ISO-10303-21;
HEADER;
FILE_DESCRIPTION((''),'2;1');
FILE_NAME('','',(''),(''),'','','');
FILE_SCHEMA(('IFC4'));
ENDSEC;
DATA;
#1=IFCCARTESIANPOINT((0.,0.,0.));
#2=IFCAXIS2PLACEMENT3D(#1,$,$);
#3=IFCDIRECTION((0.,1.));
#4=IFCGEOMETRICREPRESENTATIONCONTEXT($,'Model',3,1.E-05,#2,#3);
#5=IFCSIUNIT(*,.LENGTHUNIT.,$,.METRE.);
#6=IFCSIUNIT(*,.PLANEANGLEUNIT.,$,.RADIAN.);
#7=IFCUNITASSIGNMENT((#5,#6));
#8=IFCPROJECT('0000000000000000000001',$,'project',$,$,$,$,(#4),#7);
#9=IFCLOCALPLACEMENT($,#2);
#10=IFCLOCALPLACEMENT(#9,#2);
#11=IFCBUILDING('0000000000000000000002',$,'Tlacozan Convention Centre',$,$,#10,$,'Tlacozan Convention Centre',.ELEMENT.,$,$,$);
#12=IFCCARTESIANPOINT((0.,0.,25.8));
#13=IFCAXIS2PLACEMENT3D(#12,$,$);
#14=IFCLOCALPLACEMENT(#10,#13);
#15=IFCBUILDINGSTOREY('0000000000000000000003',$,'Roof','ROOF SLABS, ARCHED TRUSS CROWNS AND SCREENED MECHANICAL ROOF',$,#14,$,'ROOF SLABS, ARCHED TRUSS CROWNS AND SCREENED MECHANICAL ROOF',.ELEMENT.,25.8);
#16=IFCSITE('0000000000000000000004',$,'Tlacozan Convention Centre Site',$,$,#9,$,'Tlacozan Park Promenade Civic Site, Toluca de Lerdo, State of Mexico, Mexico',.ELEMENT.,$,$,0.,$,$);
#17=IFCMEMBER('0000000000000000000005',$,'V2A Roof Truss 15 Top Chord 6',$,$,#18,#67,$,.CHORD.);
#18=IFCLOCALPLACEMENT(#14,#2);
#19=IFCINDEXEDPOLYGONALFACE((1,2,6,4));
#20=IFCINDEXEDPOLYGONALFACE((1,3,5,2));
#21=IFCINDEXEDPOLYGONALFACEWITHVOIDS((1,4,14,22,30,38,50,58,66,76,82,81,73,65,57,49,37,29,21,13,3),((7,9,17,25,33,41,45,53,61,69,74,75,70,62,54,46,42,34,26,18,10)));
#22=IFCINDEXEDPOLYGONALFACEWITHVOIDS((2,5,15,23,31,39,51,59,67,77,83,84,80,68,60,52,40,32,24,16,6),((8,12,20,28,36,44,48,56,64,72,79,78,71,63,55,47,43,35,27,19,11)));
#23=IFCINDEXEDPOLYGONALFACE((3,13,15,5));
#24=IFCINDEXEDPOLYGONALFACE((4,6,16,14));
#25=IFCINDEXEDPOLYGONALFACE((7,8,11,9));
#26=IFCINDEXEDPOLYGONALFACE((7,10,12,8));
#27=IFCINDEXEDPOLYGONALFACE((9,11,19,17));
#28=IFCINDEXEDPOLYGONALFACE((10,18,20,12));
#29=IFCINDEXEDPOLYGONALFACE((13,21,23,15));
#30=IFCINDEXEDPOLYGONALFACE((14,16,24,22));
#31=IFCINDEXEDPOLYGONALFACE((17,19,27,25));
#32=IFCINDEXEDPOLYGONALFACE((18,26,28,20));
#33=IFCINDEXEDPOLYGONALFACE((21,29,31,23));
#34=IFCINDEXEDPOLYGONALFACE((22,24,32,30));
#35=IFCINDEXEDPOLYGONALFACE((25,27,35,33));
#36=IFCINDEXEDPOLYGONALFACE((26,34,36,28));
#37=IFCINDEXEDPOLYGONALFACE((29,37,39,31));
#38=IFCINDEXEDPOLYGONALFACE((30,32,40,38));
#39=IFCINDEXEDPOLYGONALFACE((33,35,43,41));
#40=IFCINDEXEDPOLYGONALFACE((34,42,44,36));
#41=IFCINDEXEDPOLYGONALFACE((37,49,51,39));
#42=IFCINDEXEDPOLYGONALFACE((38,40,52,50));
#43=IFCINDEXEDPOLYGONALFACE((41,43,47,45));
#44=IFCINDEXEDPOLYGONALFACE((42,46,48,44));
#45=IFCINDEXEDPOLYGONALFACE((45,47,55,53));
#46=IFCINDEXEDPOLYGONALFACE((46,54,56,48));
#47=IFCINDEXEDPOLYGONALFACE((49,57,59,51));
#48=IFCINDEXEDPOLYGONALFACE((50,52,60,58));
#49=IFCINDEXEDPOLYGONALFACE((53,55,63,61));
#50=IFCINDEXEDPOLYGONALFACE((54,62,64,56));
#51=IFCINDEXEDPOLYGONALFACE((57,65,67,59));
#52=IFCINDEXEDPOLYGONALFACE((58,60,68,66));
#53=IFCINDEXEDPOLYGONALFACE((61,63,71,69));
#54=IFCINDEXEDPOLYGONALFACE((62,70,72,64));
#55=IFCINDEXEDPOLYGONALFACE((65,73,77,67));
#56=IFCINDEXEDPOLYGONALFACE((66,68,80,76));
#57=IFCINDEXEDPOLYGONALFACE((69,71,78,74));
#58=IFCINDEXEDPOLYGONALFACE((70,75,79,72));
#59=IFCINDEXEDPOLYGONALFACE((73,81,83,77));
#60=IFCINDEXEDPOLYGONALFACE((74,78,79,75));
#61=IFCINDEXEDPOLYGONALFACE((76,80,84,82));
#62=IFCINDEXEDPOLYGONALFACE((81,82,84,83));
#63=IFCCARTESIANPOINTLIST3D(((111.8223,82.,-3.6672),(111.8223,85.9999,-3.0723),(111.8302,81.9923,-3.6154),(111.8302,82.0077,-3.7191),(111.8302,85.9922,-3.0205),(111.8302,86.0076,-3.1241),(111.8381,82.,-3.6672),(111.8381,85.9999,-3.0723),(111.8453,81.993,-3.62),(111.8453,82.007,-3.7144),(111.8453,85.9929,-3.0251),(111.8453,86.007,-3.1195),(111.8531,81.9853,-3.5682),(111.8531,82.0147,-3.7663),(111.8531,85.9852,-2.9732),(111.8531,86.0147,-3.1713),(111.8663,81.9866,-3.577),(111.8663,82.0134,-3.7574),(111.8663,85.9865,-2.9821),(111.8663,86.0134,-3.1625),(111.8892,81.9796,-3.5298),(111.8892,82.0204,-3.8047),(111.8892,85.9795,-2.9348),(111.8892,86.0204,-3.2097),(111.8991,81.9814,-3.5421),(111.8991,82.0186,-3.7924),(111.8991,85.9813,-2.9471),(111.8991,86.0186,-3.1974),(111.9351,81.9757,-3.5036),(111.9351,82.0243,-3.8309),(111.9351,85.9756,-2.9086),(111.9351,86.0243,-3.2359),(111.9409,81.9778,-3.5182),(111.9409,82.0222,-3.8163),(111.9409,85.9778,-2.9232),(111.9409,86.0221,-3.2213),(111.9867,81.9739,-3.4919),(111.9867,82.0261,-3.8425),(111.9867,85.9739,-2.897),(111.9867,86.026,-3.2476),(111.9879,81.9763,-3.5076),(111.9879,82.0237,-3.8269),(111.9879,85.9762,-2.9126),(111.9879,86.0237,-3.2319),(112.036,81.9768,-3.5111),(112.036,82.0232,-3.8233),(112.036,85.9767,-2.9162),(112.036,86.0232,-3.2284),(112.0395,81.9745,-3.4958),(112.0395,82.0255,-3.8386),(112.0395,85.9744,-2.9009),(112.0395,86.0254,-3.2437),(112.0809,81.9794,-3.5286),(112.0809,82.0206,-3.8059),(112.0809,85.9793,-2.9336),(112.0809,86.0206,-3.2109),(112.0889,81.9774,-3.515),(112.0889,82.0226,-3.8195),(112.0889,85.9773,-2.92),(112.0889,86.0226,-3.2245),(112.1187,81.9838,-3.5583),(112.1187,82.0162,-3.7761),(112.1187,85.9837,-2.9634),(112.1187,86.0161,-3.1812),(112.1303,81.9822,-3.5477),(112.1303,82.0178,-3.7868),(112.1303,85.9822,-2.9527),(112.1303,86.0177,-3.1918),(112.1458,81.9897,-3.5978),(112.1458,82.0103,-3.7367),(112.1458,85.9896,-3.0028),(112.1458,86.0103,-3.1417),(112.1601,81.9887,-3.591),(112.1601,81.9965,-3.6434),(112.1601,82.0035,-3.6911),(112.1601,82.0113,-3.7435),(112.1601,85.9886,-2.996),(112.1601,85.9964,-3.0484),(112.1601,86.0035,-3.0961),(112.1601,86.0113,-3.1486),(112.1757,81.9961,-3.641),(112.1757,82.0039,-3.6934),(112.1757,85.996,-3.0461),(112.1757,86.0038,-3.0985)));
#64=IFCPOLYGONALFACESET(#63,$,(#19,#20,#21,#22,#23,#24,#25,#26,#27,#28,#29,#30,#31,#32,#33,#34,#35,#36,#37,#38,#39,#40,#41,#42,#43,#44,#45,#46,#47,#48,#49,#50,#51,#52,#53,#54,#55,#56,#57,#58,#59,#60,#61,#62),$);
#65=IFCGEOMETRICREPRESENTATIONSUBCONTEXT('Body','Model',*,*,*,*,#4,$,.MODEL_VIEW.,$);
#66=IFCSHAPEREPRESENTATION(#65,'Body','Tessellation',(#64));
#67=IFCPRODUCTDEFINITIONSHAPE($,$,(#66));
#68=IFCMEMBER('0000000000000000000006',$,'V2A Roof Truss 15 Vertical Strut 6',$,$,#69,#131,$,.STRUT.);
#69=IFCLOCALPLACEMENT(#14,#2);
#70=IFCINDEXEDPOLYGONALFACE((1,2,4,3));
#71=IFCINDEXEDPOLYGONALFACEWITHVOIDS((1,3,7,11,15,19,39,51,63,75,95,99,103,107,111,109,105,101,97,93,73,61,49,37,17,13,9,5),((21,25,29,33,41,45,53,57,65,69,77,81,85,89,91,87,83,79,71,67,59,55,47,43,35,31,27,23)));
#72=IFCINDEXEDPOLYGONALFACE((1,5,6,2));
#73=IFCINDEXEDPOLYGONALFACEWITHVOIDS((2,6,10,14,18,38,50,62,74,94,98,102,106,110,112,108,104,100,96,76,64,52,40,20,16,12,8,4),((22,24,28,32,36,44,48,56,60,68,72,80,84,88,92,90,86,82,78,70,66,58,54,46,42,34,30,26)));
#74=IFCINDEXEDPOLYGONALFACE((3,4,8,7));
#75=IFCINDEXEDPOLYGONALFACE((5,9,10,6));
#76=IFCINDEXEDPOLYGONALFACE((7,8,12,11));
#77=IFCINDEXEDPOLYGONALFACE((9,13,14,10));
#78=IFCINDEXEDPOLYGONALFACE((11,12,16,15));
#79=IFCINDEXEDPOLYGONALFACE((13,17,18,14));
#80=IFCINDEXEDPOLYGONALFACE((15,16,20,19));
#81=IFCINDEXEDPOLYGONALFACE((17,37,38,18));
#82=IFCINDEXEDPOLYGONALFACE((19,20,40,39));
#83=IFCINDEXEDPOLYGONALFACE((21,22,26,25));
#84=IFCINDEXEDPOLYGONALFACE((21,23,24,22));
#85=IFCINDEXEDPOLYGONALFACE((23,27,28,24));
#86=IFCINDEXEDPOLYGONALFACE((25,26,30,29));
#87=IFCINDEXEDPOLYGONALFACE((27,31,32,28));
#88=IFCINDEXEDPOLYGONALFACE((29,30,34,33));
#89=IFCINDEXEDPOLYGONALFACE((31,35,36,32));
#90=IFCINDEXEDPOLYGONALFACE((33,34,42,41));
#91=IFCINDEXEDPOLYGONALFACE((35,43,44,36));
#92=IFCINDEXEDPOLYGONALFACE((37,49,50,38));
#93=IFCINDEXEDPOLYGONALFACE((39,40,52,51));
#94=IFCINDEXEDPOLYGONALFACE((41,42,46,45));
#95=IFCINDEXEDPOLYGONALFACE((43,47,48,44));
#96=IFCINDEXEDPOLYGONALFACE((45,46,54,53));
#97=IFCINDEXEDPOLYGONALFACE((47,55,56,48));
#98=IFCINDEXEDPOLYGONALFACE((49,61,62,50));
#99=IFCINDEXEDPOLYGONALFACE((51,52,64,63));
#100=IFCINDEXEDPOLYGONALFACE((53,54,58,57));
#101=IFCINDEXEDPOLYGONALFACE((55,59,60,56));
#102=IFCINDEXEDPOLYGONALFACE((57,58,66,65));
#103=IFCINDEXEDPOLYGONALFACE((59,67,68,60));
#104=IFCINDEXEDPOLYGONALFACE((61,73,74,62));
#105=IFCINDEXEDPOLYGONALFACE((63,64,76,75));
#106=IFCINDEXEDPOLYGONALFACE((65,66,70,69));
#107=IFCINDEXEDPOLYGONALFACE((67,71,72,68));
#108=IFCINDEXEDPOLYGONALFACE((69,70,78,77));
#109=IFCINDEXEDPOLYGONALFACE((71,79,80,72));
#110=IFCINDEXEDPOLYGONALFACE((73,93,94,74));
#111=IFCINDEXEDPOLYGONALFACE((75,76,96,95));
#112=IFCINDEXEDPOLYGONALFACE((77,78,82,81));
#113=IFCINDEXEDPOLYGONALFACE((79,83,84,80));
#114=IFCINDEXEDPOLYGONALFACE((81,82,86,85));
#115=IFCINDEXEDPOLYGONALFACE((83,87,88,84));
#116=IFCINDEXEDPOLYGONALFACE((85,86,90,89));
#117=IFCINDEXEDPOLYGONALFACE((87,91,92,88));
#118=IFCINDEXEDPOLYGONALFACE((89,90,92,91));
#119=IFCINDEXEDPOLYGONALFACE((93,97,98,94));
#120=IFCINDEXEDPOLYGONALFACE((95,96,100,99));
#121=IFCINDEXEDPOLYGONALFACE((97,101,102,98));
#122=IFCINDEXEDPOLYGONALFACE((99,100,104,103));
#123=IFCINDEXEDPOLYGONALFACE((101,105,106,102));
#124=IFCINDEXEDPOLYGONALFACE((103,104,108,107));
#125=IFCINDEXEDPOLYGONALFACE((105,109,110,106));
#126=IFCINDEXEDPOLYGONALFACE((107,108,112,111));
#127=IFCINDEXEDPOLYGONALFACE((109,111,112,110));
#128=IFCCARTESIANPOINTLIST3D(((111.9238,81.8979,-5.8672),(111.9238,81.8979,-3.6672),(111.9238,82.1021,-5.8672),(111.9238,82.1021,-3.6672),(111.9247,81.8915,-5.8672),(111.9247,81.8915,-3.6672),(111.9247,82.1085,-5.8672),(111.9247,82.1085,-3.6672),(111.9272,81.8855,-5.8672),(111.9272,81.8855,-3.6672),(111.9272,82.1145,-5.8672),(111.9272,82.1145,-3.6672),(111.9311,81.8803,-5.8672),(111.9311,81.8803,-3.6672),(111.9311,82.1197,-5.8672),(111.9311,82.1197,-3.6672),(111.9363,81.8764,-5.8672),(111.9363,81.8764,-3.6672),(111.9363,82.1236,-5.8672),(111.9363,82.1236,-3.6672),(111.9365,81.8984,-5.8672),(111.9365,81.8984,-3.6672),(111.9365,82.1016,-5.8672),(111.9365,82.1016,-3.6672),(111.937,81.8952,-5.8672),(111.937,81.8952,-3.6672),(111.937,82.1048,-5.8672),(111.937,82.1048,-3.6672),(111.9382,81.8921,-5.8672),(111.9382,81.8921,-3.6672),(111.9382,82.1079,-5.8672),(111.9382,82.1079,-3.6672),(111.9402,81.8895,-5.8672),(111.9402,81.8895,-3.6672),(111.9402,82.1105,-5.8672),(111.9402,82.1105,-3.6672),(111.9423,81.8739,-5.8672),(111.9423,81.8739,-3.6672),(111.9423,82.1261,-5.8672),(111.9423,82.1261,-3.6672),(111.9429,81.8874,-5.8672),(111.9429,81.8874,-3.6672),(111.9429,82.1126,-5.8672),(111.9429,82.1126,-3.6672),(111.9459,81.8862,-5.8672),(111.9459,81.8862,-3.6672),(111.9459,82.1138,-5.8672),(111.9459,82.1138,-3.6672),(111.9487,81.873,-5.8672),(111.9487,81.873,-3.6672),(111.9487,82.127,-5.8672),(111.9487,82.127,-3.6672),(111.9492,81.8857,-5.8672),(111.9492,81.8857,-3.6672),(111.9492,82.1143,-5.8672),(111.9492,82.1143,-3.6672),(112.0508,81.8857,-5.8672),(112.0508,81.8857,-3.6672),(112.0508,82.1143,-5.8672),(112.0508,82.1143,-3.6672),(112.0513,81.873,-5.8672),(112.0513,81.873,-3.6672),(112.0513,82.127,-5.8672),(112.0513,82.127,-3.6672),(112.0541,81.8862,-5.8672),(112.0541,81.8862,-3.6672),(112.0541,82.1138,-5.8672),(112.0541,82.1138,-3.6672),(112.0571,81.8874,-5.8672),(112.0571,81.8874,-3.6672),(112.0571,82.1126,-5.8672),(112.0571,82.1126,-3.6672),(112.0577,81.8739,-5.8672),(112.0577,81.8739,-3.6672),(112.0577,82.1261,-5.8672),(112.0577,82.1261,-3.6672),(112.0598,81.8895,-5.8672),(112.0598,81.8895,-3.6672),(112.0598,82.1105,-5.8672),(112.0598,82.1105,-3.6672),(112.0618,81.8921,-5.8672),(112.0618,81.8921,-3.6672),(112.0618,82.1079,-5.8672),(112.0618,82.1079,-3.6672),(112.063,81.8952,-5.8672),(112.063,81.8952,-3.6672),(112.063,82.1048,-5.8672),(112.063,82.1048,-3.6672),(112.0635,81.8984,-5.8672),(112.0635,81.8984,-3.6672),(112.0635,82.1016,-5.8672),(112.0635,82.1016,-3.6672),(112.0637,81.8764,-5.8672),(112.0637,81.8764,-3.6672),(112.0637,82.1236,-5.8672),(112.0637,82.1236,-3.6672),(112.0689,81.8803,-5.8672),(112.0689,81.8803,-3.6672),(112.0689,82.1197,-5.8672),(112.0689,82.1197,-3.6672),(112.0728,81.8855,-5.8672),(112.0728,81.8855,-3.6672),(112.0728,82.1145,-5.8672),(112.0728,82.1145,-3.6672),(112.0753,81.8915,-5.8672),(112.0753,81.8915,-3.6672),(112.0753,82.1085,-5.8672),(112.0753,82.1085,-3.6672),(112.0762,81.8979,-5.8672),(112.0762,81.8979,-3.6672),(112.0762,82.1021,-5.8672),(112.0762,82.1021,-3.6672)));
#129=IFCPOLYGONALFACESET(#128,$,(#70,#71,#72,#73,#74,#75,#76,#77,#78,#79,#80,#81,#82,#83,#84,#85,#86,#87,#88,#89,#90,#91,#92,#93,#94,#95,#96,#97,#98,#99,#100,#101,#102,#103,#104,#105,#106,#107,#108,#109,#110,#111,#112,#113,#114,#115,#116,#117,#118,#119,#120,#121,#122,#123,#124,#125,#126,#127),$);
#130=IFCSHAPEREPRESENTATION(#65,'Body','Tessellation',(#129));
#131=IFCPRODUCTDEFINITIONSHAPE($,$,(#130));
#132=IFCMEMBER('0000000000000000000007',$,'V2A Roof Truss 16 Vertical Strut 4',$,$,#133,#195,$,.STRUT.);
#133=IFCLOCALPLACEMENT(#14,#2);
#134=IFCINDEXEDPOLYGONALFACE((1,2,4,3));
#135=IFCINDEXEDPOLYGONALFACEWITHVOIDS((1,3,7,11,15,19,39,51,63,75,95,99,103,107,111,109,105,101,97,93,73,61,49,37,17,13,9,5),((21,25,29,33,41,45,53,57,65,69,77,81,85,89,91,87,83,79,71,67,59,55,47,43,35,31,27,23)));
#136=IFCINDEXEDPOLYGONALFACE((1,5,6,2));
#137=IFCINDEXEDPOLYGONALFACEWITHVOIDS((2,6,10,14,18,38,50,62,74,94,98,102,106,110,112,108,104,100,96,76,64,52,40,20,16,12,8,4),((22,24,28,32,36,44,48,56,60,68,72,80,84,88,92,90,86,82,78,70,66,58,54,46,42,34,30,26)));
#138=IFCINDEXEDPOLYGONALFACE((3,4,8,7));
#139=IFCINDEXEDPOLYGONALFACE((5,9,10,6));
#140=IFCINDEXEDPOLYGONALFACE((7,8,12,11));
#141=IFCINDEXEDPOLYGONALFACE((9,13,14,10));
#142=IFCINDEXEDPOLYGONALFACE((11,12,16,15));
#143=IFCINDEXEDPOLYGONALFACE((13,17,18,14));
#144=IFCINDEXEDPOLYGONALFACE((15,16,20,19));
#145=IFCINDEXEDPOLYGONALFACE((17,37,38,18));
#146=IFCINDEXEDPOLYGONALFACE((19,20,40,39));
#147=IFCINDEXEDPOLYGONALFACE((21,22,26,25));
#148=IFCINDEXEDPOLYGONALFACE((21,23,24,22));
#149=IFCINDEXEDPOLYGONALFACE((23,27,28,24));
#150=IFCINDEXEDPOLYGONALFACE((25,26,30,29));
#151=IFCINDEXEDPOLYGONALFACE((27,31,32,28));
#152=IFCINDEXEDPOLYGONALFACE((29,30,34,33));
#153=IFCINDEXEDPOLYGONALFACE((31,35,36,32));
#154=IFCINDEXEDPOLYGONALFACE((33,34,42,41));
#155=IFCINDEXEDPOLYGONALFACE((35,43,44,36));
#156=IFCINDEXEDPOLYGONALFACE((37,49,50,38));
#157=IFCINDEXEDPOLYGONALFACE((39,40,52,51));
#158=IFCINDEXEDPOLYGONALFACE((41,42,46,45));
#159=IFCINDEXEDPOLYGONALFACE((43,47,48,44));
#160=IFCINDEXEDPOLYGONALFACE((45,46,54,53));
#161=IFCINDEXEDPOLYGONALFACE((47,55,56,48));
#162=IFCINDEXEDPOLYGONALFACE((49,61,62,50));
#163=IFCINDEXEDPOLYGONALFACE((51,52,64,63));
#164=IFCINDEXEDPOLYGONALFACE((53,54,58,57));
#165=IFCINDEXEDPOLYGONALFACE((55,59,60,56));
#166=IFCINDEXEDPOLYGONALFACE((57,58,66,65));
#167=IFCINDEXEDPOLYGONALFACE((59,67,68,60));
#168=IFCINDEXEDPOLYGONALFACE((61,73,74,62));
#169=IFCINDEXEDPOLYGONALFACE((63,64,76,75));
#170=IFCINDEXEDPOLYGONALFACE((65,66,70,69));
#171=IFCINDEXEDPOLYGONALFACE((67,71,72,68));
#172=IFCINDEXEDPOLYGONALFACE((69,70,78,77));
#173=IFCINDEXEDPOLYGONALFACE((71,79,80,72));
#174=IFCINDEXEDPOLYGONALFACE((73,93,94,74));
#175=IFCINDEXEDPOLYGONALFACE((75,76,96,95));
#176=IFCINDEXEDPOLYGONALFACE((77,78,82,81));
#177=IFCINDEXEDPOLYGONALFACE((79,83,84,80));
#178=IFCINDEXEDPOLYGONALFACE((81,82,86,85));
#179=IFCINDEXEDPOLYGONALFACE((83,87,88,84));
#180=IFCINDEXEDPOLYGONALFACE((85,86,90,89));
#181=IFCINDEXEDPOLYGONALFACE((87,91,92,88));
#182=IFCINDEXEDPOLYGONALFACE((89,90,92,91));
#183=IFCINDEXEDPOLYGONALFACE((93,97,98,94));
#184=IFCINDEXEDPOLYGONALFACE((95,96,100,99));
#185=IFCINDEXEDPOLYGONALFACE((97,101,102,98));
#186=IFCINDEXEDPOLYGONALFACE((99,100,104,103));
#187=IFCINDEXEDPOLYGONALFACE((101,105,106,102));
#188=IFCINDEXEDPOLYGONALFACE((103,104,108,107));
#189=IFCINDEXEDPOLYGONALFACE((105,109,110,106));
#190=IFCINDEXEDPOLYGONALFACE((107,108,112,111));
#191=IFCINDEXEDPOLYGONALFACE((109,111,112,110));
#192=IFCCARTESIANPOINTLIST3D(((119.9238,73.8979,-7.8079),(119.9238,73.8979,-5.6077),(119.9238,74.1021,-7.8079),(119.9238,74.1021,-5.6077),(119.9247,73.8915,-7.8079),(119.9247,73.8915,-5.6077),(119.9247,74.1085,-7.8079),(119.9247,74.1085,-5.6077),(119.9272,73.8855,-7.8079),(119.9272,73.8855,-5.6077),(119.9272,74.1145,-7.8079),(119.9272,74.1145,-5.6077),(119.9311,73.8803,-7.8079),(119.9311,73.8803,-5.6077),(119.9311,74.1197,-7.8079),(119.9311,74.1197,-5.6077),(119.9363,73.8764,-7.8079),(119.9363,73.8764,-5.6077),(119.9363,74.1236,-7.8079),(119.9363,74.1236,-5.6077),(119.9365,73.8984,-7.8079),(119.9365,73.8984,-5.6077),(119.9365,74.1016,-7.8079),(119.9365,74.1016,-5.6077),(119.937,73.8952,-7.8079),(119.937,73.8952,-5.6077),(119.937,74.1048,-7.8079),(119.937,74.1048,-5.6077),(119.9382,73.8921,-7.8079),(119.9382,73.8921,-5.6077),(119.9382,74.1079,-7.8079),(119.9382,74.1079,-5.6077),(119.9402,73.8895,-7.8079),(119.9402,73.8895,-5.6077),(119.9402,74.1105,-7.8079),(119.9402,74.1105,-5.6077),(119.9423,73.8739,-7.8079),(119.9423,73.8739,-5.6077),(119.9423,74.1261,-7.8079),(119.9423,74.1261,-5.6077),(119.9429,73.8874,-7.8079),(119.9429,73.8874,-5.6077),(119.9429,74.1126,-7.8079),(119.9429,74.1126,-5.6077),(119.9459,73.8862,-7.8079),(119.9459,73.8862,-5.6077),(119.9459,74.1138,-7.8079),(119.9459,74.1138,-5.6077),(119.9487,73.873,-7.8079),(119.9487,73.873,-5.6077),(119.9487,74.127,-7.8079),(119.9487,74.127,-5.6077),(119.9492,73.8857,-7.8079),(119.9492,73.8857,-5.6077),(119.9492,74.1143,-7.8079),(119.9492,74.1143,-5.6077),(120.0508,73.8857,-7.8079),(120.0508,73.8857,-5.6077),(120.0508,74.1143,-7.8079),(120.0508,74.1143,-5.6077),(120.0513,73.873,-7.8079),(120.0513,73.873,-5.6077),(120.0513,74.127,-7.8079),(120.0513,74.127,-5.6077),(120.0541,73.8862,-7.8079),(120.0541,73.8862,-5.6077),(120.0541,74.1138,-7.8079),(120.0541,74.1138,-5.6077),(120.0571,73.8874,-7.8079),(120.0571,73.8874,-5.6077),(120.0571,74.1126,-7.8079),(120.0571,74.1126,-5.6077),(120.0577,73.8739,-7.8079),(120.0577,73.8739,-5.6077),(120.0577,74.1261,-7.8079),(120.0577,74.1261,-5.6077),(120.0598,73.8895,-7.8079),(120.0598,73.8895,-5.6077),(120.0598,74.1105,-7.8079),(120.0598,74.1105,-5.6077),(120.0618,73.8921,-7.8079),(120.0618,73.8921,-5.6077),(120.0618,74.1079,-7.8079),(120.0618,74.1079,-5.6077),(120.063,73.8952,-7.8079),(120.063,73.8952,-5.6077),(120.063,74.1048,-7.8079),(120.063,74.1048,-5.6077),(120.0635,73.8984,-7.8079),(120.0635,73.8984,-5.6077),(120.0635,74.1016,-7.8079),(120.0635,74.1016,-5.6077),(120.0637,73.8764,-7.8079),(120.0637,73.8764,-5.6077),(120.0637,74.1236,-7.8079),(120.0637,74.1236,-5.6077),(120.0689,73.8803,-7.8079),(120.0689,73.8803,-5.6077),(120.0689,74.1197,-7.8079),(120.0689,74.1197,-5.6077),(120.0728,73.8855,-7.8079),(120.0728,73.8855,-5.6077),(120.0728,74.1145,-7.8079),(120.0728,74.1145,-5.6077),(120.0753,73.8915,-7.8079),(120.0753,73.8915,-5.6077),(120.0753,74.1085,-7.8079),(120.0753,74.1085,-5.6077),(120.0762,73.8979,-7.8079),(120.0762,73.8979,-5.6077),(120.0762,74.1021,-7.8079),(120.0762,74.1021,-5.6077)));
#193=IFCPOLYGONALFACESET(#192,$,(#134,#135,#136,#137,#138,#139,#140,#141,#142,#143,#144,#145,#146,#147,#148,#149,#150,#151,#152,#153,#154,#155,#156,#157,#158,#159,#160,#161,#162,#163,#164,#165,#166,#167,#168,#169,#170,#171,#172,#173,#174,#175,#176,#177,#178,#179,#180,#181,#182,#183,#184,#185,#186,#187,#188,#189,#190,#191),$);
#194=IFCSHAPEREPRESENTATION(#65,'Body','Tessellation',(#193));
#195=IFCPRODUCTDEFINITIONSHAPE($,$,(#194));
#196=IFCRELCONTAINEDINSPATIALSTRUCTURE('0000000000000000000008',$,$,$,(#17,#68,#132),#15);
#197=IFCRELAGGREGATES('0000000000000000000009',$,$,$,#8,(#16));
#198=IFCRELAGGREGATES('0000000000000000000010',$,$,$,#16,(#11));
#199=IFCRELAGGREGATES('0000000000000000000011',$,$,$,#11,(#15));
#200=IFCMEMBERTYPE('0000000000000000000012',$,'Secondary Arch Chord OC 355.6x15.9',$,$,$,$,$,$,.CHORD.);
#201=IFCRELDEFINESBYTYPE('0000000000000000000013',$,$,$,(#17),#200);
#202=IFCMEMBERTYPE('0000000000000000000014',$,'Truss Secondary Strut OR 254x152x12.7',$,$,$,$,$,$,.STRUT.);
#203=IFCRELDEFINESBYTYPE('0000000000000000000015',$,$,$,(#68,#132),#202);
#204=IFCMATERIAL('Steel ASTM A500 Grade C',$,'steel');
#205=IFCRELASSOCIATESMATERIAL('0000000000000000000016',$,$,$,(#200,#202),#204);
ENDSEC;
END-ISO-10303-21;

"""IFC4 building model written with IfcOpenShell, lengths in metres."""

from ifc_helpers import new_model, si_unit, direction, frame, origin, origin_2d, place, context, subcontext, project, spatial, hollow_rectangle, hollow_circle, extrude, material, material_profile, profile_set, type_object, element, save


model = new_model("IFC4")

# Units and contexts
model_context = context("Model", 3, precision=1e-05, world=origin(), true_north=direction((0.0, 1.0)))
body_context = subcontext(model_context, "Body", "Model", "MODEL_VIEW")
ifc_project = project(units=[si_unit("LENGTHUNIT", "METRE"), si_unit("PLANEANGLEUNIT", "RADIAN")], contexts=[model_context])

# Site, building, storey
site_placement = place(None, origin())
site = spatial("IfcSite", under=ifc_project, at=site_placement, Name="Tlacozan Convention Centre Site", LongName="Tlacozan Park Promenade Civic Site, Toluca de Lerdo, State of Mexico, Mexico", CompositionType="ELEMENT", RefElevation=0.0)
building_placement = place(site_placement, origin())
building = spatial("IfcBuilding", under=site, at=building_placement, Name="Tlacozan Convention Centre", LongName="Tlacozan Convention Centre", CompositionType="ELEMENT")
storey_placement = place(building_placement, frame((0.0, 0.0, 25.8)))
storey = spatial("IfcBuildingStorey", under=building, at=storey_placement, Name="Roof", Description="ROOF SLABS, ARCHED TRUSS CROWNS AND SCREENED MECHANICAL ROOF", LongName="ROOF SLABS, ARCHED TRUSS CROWNS AND SCREENED MECHANICAL ROOF", CompositionType="ELEMENT", Elevation=25.8)

# Members
ifc_material_1 = material(Name="Steel ASTM A500 Grade C", Category="steel")
ifc_material_profile_1 = material_profile(ifc_material_1, hollow_circle(Radius=0.1777, WallThickness=0.0159, at=origin_2d()), Name="OC 355.6x15.9")
ifc_profile_set_1 = profile_set([ifc_material_profile_1], Name="Steel ASTM A500 Grade C")
member_type_1 = type_object("IfcMemberType", Name="Secondary Arch Chord OC 355.6x15.9", PredefinedType="CHORD", material=ifc_profile_set_1)
member_1_placement = place(storey_placement, frame((112.0, 82.0, -3.6672), z_axis=(0.0, 0.989118, 0.147124), x_axis=(-1.0, 0.0, 0.0)))
element("IfcMember", 1, at=member_1_placement, inside=storey, type_object=member_type_1, Name="V2A Roof Truss 15 Top Chord 6", PredefinedType="CHORD", context=body_context, shape_type="SweptSolid", body=[
    extrude(hollow_circle(Radius=0.1777, WallThickness=0.0159, at=origin_2d()), origin(), (0.0, 0.0, 1.0), 4.0439),
])
ifc_material_profile_2 = material_profile(ifc_material_1, hollow_rectangle(XDim=0.1523, YDim=0.2539, WallThickness=0.0127, InnerFilletRadius=0.0127, OuterFilletRadius=0.0249, at=origin_2d()), Name="OR 254x152x12.7")
ifc_profile_set_2 = profile_set([ifc_material_profile_2], Name="Steel ASTM A500 Grade C")
member_type_2 = type_object("IfcMemberType", Name="Truss Secondary Strut OR 254x152x12.7", PredefinedType="STRUT", material=ifc_profile_set_2)
member_2_placement = place(storey_placement, frame((112.0, 82.0, -5.8672), z_axis=(0.0, 0.0, 1.0), x_axis=(1.0, 0.0, 0.0)))
element("IfcMember", 2, at=member_2_placement, inside=storey, type_object=member_type_2, Name="V2A Roof Truss 15 Vertical Strut 6", PredefinedType="STRUT", context=body_context, shape_type="SweptSolid", body=[
    extrude(hollow_rectangle(XDim=0.1523, YDim=0.2539, WallThickness=0.0127, InnerFilletRadius=0.0127, OuterFilletRadius=0.0249, at=origin_2d()), origin(), (0.0, 0.0, 1.0), 2.2),
])
member_3_placement = place(storey_placement, frame((120.0, 74.0, -7.8079), z_axis=(0.0, 0.0, 1.0), x_axis=(1.0, 0.0, 0.0)))
element("IfcMember", 3, at=member_3_placement, inside=storey, type_object=member_type_2, Name="V2A Roof Truss 16 Vertical Strut 4", PredefinedType="STRUT", context=body_context, shape_type="SweptSolid", body=[
    extrude(hollow_rectangle(XDim=0.1523, YDim=0.2539, WallThickness=0.0127, InnerFilletRadius=0.0127, OuterFilletRadius=0.0249, at=origin_2d()), origin(), (0.0, 0.0, 1.0), 2.2002),
])

save(model, "model.ifc")
